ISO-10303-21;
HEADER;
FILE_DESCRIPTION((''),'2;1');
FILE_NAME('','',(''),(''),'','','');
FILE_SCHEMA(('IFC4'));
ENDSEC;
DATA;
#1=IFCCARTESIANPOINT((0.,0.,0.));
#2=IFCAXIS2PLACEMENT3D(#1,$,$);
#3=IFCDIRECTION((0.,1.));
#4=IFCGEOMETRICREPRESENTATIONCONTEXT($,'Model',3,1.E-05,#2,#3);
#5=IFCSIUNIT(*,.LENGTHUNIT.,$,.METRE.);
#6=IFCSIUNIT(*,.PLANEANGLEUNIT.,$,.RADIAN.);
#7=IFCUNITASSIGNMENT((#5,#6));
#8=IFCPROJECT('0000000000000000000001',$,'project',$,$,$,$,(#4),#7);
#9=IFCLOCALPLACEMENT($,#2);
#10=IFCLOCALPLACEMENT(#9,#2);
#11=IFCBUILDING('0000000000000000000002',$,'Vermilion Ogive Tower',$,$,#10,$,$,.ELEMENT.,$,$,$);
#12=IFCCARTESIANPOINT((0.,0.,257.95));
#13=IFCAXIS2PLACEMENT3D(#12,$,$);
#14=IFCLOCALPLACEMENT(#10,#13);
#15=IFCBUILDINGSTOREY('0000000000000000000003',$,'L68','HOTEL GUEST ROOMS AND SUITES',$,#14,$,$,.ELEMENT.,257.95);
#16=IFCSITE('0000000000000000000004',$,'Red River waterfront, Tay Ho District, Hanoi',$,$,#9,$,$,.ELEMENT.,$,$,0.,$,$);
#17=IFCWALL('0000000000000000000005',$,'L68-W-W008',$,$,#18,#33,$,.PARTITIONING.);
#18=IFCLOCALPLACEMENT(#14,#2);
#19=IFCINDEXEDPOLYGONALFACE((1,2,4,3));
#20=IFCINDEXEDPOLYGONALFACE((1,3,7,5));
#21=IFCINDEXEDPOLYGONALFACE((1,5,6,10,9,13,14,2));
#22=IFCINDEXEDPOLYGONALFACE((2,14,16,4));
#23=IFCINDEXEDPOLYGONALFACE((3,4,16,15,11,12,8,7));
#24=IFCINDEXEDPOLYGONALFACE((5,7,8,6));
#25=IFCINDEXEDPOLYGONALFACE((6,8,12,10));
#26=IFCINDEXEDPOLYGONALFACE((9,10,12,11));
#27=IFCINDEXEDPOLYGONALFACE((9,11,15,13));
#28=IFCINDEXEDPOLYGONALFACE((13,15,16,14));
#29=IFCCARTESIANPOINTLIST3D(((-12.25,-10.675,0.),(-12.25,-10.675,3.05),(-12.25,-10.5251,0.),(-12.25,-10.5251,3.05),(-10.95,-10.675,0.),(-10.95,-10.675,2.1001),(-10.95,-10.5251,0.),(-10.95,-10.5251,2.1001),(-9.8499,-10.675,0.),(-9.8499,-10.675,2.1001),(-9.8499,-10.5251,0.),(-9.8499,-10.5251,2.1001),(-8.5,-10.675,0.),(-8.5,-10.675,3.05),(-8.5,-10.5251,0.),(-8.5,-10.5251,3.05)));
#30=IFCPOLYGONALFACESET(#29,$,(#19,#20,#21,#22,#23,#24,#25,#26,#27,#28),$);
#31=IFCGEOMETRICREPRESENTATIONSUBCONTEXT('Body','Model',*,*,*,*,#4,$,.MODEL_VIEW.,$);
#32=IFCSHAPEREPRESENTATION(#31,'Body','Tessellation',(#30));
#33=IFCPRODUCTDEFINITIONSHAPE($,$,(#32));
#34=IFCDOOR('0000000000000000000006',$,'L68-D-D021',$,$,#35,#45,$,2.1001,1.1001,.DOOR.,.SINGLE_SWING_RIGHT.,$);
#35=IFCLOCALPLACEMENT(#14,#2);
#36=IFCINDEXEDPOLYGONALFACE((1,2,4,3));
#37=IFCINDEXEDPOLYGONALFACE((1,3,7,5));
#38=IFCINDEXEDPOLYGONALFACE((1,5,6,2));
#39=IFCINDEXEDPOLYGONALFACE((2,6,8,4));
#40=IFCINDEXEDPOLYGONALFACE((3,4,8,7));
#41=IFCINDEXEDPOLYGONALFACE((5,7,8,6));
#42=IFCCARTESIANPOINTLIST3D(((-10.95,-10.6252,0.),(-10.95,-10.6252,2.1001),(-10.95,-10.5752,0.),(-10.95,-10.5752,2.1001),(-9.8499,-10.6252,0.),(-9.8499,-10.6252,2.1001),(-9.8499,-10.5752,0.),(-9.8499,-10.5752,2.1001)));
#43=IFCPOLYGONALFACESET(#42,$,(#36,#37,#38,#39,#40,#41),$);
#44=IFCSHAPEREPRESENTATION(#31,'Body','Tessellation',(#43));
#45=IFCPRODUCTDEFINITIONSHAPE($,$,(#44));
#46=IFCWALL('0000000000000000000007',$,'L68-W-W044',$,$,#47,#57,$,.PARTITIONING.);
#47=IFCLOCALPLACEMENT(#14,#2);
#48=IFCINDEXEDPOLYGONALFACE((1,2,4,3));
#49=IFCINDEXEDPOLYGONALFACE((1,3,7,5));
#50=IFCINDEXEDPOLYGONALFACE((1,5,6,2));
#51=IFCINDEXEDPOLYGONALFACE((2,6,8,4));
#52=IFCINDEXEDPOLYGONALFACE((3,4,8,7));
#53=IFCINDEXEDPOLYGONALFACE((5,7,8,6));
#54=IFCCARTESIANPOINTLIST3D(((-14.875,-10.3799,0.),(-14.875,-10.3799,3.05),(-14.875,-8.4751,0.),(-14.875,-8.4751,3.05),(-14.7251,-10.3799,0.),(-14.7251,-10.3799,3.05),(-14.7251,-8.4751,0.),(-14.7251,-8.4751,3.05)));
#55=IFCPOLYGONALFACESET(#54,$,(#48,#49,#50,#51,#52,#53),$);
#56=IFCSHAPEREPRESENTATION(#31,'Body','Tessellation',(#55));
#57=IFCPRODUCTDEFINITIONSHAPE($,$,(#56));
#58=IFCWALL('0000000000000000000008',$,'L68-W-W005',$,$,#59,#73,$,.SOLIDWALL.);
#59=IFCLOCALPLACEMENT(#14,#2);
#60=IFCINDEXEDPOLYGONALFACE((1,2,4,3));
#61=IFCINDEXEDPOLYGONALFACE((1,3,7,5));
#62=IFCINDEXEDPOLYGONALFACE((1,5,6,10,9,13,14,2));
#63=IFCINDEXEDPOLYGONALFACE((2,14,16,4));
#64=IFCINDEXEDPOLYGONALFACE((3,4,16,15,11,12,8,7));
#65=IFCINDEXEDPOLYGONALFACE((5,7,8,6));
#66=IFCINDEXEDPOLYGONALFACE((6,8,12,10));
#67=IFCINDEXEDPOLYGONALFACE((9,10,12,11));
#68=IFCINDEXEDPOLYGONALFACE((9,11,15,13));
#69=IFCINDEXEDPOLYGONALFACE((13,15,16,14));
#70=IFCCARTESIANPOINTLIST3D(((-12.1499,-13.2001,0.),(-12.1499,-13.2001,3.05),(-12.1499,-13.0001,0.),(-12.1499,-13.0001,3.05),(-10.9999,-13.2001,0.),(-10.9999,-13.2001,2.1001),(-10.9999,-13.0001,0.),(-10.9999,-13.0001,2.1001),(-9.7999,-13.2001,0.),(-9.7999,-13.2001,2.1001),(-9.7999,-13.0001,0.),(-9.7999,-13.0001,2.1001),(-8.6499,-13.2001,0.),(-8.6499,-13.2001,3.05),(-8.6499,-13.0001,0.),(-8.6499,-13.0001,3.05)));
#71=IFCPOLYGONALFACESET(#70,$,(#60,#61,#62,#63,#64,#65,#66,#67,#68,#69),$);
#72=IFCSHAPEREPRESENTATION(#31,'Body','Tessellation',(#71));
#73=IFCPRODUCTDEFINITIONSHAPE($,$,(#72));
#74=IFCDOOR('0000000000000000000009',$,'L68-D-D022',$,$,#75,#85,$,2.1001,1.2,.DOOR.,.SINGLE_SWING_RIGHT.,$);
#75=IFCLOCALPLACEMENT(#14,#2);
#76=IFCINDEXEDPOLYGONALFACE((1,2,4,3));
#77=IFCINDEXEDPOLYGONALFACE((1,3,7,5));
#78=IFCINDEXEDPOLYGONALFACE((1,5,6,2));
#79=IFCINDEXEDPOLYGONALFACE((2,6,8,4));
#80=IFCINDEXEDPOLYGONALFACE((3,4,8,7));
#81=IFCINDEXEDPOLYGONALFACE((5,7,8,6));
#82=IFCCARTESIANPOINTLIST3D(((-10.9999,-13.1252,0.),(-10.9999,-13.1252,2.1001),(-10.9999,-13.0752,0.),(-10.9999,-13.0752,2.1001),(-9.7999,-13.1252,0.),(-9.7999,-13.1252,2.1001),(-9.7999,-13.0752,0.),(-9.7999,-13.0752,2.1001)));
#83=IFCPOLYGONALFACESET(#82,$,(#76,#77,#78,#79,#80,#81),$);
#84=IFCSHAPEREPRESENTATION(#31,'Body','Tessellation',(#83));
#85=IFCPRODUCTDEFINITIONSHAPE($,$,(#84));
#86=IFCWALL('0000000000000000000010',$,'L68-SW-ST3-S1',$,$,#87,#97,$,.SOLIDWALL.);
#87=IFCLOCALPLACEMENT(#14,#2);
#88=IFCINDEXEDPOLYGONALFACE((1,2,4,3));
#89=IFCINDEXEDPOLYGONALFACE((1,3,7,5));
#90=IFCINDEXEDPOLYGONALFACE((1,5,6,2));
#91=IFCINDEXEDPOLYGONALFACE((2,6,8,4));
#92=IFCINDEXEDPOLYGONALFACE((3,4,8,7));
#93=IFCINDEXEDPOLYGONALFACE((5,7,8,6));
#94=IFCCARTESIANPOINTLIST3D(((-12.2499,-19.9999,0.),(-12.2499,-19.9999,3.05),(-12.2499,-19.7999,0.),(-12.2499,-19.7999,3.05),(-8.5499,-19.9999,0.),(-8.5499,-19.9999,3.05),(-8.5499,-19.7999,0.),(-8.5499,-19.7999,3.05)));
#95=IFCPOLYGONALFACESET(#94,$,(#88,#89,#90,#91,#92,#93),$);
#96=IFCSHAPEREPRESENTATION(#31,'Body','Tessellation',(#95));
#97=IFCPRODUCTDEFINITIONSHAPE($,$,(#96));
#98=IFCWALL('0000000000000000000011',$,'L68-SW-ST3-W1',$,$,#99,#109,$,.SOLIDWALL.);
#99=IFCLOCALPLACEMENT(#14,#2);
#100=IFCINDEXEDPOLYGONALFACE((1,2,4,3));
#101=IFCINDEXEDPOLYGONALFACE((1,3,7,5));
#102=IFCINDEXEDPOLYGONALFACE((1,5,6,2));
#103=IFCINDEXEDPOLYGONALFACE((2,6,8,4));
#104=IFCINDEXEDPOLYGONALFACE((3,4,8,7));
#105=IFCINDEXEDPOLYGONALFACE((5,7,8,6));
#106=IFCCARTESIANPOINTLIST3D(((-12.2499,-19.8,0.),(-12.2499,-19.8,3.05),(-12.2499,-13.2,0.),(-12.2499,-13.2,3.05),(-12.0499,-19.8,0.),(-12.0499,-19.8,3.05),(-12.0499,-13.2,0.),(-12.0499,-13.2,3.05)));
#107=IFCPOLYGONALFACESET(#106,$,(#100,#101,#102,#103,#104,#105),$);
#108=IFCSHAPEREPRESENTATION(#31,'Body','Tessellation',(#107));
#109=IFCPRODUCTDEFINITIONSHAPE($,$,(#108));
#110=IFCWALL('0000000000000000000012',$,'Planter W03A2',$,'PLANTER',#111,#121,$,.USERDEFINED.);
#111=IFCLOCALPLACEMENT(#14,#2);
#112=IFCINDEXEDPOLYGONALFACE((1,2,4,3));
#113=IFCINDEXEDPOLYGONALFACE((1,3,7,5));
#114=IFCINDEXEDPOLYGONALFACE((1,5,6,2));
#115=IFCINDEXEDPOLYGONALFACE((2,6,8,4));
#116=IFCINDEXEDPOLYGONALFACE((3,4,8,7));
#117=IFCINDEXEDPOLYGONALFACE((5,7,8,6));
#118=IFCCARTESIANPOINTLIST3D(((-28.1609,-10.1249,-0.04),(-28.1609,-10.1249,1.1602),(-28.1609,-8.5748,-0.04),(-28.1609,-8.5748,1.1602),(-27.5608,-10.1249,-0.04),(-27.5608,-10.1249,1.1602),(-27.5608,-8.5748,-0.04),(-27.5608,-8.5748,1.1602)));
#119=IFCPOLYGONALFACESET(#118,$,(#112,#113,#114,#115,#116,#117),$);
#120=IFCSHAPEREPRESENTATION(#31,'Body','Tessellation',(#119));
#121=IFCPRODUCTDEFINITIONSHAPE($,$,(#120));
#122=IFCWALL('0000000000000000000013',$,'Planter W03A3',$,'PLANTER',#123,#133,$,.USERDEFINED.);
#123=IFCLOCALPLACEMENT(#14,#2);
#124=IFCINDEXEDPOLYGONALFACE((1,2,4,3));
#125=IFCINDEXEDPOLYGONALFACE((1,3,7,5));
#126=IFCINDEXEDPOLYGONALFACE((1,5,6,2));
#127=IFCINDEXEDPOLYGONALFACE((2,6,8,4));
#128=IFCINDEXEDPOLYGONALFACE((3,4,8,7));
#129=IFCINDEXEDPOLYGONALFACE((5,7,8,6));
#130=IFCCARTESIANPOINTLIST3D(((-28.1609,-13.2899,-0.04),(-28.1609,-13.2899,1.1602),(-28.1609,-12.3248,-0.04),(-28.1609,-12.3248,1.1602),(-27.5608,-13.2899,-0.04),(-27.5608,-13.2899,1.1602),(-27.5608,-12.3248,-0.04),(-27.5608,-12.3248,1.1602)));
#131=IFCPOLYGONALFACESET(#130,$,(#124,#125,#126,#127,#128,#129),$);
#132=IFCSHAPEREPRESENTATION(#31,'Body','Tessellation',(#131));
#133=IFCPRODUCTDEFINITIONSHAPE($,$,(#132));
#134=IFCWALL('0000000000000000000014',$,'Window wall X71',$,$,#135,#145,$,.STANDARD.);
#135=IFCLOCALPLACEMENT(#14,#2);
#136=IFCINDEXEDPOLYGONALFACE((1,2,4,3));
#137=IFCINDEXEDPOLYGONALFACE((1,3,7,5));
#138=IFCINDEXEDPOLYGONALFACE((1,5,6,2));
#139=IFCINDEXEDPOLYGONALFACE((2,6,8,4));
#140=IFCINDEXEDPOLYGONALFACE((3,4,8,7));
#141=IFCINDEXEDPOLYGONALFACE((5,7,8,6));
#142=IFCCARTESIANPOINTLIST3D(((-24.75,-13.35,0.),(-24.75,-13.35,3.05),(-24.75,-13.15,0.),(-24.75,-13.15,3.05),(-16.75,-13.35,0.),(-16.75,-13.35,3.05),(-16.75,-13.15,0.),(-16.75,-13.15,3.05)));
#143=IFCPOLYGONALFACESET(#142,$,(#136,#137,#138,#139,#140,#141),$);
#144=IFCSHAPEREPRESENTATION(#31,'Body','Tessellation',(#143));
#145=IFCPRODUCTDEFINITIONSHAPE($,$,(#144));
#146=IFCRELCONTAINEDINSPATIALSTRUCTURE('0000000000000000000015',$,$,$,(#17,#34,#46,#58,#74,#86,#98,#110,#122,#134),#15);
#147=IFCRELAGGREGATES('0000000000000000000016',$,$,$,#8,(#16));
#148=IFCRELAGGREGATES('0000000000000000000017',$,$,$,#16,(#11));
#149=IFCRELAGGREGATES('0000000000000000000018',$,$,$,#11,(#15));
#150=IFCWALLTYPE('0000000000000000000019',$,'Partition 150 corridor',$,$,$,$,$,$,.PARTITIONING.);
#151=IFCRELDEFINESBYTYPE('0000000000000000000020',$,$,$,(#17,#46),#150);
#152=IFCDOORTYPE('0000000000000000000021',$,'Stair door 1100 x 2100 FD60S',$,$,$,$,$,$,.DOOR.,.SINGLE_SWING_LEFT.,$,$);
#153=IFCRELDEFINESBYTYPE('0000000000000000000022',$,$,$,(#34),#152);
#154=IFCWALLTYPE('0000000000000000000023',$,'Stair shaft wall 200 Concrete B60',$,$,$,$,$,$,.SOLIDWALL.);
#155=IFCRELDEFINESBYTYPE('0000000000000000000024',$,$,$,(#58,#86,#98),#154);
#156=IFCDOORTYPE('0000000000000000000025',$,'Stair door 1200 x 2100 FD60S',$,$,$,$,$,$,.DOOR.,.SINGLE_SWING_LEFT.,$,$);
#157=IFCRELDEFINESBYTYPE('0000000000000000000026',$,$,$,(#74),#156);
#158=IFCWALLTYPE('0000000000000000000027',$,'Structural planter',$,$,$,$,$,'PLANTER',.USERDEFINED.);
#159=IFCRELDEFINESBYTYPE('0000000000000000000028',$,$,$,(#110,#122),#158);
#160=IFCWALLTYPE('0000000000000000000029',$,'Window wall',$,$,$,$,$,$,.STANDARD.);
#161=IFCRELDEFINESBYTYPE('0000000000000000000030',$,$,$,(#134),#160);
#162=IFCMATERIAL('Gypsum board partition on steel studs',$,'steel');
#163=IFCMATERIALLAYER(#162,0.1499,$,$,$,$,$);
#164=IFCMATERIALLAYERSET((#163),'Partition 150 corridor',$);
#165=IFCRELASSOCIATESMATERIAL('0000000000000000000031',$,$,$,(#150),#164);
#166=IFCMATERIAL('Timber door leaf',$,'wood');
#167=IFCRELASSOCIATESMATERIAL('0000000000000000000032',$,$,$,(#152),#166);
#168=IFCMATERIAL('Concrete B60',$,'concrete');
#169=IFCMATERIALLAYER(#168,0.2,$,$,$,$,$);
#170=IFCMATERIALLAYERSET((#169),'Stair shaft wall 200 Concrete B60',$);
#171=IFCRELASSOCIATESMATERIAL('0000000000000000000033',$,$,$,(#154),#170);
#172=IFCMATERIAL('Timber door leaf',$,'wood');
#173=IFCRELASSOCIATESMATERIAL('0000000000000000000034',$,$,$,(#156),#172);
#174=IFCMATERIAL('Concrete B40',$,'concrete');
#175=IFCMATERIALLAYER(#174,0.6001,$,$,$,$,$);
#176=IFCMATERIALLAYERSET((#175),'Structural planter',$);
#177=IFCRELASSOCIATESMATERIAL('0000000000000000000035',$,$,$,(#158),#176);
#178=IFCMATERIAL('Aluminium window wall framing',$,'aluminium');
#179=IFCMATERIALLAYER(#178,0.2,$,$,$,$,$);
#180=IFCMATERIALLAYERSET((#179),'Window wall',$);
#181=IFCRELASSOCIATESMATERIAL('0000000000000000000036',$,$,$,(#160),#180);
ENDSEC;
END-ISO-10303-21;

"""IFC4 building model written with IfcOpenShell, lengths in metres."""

from ifc_helpers import new_model, si_unit, direction, frame, frame_2d, origin, place, context, subcontext, project, spatial, rectangle, extrude, material, layer, layer_set, type_object, element, fill, save


model = new_model("IFC4")

# Units and contexts
model_context = context("Model", 3, precision=1e-05, world=origin(), true_north=direction((0.0, 1.0)))
body_context = subcontext(model_context, "Body", "Model", "MODEL_VIEW")
ifc_project = project(units=[si_unit("LENGTHUNIT", "METRE"), si_unit("PLANEANGLEUNIT", "RADIAN")], contexts=[model_context])

# Site, building, storey
site_placement = place(None, origin())
site = spatial("IfcSite", under=ifc_project, at=site_placement, Name="Red River waterfront, Tay Ho District, Hanoi", CompositionType="ELEMENT", RefElevation=0.0)
building_placement = place(site_placement, origin())
building = spatial("IfcBuilding", under=site, at=building_placement, Name="Vermilion Ogive Tower", CompositionType="ELEMENT")
storey_placement = place(building_placement, frame((0.0, 0.0, 257.95)))
storey = spatial("IfcBuildingStorey", under=building, at=storey_placement, Name="L68", Description="HOTEL GUEST ROOMS AND SUITES", CompositionType="ELEMENT", Elevation=257.95)

# Wall, opening, door
ifc_material_1 = material(Name="Gypsum board partition on steel studs", Category="steel")
ifc_layer_1 = layer(ifc_material_1, 0.1499)
ifc_layer_set_1 = layer_set([ifc_layer_1], Name="Partition 150 corridor")
wall_type_1 = type_object("IfcWallType", Name="Partition 150 corridor", PredefinedType="PARTITIONING", material=ifc_layer_set_1)
wall_1_placement = place(storey_placement, frame((-12.25, -10.6001, 0.0), z_axis=(0.0, 0.0, 1.0), x_axis=(1.0, 0.0, 0.0)))
wall_1 = element("IfcWall", 1, at=wall_1_placement, inside=storey, type_object=wall_type_1, Name="L68-W-W008", PredefinedType="PARTITIONING", context=body_context, shape_type="SweptSolid", body=[
    extrude(rectangle(XDim=3.75, YDim=0.1499, at=frame_2d((1.875, 0.0))), origin(), (0.0, 0.0, 1.0), 3.05),
])
opening_1_placement = place(wall_1_placement, frame((1.3, 0.0, 0.0)))
opening_1 = element("IfcOpeningElement", 2, at=opening_1_placement, cuts=wall_1, PredefinedType="OPENING", context=body_context, shape_type="SweptSolid", body=[
    extrude(rectangle(XDim=1.1001, YDim=2.1001, at=frame_2d((0.55, 1.05))), frame((0.0, 0.085, 0.0), z_axis=(0.0, -1.0, 0.0), x_axis=(1.0, 0.0, 0.0)), (0.0, 0.0, 1.0), 0.1699),
])
ifc_material_2 = material(Name="Timber door leaf", Category="wood")
door_type_1 = type_object("IfcDoorType", Name="Stair door 1100 x 2100 FD60S", OperationType="SINGLE_SWING_LEFT", PredefinedType="DOOR", material=ifc_material_2)
door_1_placement = place(opening_1_placement, origin())
door_1 = element("IfcDoor", 3, at=door_1_placement, inside=storey, type_object=door_type_1, Name="L68-D-D021", OperationType="SINGLE_SWING_RIGHT", OverallHeight=2.1001, OverallWidth=1.1001, PredefinedType="DOOR", context=body_context, shape_type="SweptSolid", body=[
    extrude(rectangle(XDim=1.1001, YDim=2.1001, at=frame_2d((0.55, 1.05))), frame((0.0, 0.0249, 0.0), z_axis=(0.0, -1.0, 0.0), x_axis=(1.0, 0.0, 0.0)), (0.0, 0.0, 1.0), 0.05),
])
fill(opening_1, door_1)

# Wall
wall_2_placement = place(storey_placement, frame((-14.8, -10.3799, 0.0), z_axis=(0.0, 0.0, 1.0), x_axis=(0.0, 1.0, 0.0)))
element("IfcWall", 4, at=wall_2_placement, inside=storey, type_object=wall_type_1, Name="L68-W-W044", PredefinedType="PARTITIONING", context=body_context, shape_type="SweptSolid", body=[
    extrude(rectangle(XDim=1.9048, YDim=0.1499, at=frame_2d((0.9524, 0.0))), origin(), (0.0, 0.0, 1.0), 3.05),
])

# Wall, opening, door
ifc_material_3 = material(Name="Concrete B60", Category="concrete")
ifc_layer_2 = layer(ifc_material_3, 0.2)
ifc_layer_set_2 = layer_set([ifc_layer_2], Name="Stair shaft wall 200 Concrete B60")
wall_type_2 = type_object("IfcWallType", Name="Stair shaft wall 200 Concrete B60", PredefinedType="SOLIDWALL", material=ifc_layer_set_2)
wall_3_placement = place(storey_placement, frame((-12.1499, -13.1001, 0.0), z_axis=(0.0, 0.0, 1.0), x_axis=(1.0, 0.0, 0.0)))
wall_3 = element("IfcWall", 5, at=wall_3_placement, inside=storey, type_object=wall_type_2, Name="L68-W-W005", PredefinedType="SOLIDWALL", context=body_context, shape_type="SweptSolid", body=[
    extrude(rectangle(XDim=3.5, YDim=0.2, at=frame_2d((1.75, 0.0))), origin(), (0.0, 0.0, 1.0), 3.05),
])
opening_2_placement = place(wall_3_placement, frame((1.1499, 0.0, 0.0)))
opening_2 = element("IfcOpeningElement", 6, at=opening_2_placement, cuts=wall_3, PredefinedType="OPENING", context=body_context, shape_type="SweptSolid", body=[
    extrude(rectangle(XDim=1.2, YDim=2.1001, at=frame_2d((0.6001, 1.05))), frame((0.0, 0.1099, 0.0), z_axis=(0.0, -1.0, 0.0), x_axis=(1.0, 0.0, 0.0)), (0.0, 0.0, 1.0), 0.22),
])
ifc_material_4 = material(Name="Timber door leaf", Category="wood")
door_type_2 = type_object("IfcDoorType", Name="Stair door 1200 x 2100 FD60S", OperationType="SINGLE_SWING_LEFT", PredefinedType="DOOR", material=ifc_material_4)
door_2_placement = place(opening_2_placement, origin())
door_2 = element("IfcDoor", 7, at=door_2_placement, inside=storey, type_object=door_type_2, Name="L68-D-D022", OperationType="SINGLE_SWING_RIGHT", OverallHeight=2.1001, OverallWidth=1.2, PredefinedType="DOOR", context=body_context, shape_type="SweptSolid", body=[
    extrude(rectangle(XDim=1.2, YDim=2.1001, at=frame_2d((0.6001, 1.05))), frame((0.0, 0.0249, 0.0), z_axis=(0.0, -1.0, 0.0), x_axis=(1.0, 0.0, 0.0)), (0.0, 0.0, 1.0), 0.05),
])
fill(opening_2, door_2)

# Walls
wall_4_placement = place(storey_placement, frame((-12.25, -19.8999, 0.0), z_axis=(0.0, 0.0, 1.0), x_axis=(1.0, 0.0, 0.0)))
element("IfcWall", 8, at=wall_4_placement, inside=storey, type_object=wall_type_2, Name="L68-SW-ST3-S1", PredefinedType="SOLIDWALL", context=body_context, shape_type="SweptSolid", body=[
    extrude(rectangle(XDim=3.7, YDim=0.2, at=frame_2d((1.8501, 0.0))), origin(), (0.0, 0.0, 1.0), 3.05),
])
wall_5_placement = place(storey_placement, frame((-12.1499, -19.8, 0.0), z_axis=(0.0, 0.0, 1.0), x_axis=(0.0, 1.0, 0.0)))
element("IfcWall", 9, at=wall_5_placement, inside=storey, type_object=wall_type_2, Name="L68-SW-ST3-W1", PredefinedType="SOLIDWALL", context=body_context, shape_type="SweptSolid", body=[
    extrude(rectangle(XDim=6.6001, YDim=0.2, at=frame_2d((3.3, 0.0))), origin(), (0.0, 0.0, 1.0), 3.05),
])
ifc_material_5 = material(Name="Concrete B40", Category="concrete")
ifc_layer_3 = layer(ifc_material_5, 0.6001)
ifc_layer_set_3 = layer_set([ifc_layer_3], Name="Structural planter")
wall_type_3 = type_object("IfcWallType", Name="Structural planter", ElementType="PLANTER", PredefinedType="USERDEFINED", material=ifc_layer_set_3)
wall_6_placement = place(storey_placement, frame((-27.8608, -8.575, -0.04), z_axis=(0.0, 0.0, 1.0), x_axis=(0.0, -1.0, 0.0)))
element("IfcWall", 10, at=wall_6_placement, inside=storey, type_object=wall_type_3, Name="Planter W03A2", ObjectType="PLANTER", PredefinedType="USERDEFINED", context=body_context, shape_type="SweptSolid", body=[
    extrude(rectangle(XDim=1.55, YDim=0.6001, at=frame_2d((0.7749, 0.0))), origin(), (0.0, 0.0, 1.0), 1.2002),
])
wall_7_placement = place(storey_placement, frame((-27.8608, -12.325, -0.04), z_axis=(0.0, 0.0, 1.0), x_axis=(0.0, -1.0, 0.0)))
element("IfcWall", 11, at=wall_7_placement, inside=storey, type_object=wall_type_3, Name="Planter W03A3", ObjectType="PLANTER", PredefinedType="USERDEFINED", context=body_context, shape_type="SweptSolid", body=[
    extrude(rectangle(XDim=0.9651, YDim=0.6001, at=frame_2d((0.4824, 0.0))), origin(), (0.0, 0.0, 1.0), 1.2002),
])
ifc_material_6 = material(Name="Aluminium window wall framing", Category="aluminium")
ifc_layer_4 = layer(ifc_material_6, 0.2)
ifc_layer_set_4 = layer_set([ifc_layer_4], Name="Window wall")
wall_type_4 = type_object("IfcWallType", Name="Window wall", PredefinedType="STANDARD", material=ifc_layer_set_4)
wall_8_placement = place(storey_placement, frame((-24.75, -13.25, 0.0), z_axis=(0.0, 0.0, 1.0), x_axis=(1.0, 0.0, 0.0)))
element("IfcWall", 12, at=wall_8_placement, inside=storey, type_object=wall_type_4, Name="Window wall X71", PredefinedType="STANDARD", context=body_context, shape_type="SweptSolid", body=[
    extrude(rectangle(XDim=8.0, YDim=0.2, at=frame_2d((4.0, 0.0))), origin(), (0.0, 0.0, 1.0), 3.05),
])

save(model, "model.ifc")
